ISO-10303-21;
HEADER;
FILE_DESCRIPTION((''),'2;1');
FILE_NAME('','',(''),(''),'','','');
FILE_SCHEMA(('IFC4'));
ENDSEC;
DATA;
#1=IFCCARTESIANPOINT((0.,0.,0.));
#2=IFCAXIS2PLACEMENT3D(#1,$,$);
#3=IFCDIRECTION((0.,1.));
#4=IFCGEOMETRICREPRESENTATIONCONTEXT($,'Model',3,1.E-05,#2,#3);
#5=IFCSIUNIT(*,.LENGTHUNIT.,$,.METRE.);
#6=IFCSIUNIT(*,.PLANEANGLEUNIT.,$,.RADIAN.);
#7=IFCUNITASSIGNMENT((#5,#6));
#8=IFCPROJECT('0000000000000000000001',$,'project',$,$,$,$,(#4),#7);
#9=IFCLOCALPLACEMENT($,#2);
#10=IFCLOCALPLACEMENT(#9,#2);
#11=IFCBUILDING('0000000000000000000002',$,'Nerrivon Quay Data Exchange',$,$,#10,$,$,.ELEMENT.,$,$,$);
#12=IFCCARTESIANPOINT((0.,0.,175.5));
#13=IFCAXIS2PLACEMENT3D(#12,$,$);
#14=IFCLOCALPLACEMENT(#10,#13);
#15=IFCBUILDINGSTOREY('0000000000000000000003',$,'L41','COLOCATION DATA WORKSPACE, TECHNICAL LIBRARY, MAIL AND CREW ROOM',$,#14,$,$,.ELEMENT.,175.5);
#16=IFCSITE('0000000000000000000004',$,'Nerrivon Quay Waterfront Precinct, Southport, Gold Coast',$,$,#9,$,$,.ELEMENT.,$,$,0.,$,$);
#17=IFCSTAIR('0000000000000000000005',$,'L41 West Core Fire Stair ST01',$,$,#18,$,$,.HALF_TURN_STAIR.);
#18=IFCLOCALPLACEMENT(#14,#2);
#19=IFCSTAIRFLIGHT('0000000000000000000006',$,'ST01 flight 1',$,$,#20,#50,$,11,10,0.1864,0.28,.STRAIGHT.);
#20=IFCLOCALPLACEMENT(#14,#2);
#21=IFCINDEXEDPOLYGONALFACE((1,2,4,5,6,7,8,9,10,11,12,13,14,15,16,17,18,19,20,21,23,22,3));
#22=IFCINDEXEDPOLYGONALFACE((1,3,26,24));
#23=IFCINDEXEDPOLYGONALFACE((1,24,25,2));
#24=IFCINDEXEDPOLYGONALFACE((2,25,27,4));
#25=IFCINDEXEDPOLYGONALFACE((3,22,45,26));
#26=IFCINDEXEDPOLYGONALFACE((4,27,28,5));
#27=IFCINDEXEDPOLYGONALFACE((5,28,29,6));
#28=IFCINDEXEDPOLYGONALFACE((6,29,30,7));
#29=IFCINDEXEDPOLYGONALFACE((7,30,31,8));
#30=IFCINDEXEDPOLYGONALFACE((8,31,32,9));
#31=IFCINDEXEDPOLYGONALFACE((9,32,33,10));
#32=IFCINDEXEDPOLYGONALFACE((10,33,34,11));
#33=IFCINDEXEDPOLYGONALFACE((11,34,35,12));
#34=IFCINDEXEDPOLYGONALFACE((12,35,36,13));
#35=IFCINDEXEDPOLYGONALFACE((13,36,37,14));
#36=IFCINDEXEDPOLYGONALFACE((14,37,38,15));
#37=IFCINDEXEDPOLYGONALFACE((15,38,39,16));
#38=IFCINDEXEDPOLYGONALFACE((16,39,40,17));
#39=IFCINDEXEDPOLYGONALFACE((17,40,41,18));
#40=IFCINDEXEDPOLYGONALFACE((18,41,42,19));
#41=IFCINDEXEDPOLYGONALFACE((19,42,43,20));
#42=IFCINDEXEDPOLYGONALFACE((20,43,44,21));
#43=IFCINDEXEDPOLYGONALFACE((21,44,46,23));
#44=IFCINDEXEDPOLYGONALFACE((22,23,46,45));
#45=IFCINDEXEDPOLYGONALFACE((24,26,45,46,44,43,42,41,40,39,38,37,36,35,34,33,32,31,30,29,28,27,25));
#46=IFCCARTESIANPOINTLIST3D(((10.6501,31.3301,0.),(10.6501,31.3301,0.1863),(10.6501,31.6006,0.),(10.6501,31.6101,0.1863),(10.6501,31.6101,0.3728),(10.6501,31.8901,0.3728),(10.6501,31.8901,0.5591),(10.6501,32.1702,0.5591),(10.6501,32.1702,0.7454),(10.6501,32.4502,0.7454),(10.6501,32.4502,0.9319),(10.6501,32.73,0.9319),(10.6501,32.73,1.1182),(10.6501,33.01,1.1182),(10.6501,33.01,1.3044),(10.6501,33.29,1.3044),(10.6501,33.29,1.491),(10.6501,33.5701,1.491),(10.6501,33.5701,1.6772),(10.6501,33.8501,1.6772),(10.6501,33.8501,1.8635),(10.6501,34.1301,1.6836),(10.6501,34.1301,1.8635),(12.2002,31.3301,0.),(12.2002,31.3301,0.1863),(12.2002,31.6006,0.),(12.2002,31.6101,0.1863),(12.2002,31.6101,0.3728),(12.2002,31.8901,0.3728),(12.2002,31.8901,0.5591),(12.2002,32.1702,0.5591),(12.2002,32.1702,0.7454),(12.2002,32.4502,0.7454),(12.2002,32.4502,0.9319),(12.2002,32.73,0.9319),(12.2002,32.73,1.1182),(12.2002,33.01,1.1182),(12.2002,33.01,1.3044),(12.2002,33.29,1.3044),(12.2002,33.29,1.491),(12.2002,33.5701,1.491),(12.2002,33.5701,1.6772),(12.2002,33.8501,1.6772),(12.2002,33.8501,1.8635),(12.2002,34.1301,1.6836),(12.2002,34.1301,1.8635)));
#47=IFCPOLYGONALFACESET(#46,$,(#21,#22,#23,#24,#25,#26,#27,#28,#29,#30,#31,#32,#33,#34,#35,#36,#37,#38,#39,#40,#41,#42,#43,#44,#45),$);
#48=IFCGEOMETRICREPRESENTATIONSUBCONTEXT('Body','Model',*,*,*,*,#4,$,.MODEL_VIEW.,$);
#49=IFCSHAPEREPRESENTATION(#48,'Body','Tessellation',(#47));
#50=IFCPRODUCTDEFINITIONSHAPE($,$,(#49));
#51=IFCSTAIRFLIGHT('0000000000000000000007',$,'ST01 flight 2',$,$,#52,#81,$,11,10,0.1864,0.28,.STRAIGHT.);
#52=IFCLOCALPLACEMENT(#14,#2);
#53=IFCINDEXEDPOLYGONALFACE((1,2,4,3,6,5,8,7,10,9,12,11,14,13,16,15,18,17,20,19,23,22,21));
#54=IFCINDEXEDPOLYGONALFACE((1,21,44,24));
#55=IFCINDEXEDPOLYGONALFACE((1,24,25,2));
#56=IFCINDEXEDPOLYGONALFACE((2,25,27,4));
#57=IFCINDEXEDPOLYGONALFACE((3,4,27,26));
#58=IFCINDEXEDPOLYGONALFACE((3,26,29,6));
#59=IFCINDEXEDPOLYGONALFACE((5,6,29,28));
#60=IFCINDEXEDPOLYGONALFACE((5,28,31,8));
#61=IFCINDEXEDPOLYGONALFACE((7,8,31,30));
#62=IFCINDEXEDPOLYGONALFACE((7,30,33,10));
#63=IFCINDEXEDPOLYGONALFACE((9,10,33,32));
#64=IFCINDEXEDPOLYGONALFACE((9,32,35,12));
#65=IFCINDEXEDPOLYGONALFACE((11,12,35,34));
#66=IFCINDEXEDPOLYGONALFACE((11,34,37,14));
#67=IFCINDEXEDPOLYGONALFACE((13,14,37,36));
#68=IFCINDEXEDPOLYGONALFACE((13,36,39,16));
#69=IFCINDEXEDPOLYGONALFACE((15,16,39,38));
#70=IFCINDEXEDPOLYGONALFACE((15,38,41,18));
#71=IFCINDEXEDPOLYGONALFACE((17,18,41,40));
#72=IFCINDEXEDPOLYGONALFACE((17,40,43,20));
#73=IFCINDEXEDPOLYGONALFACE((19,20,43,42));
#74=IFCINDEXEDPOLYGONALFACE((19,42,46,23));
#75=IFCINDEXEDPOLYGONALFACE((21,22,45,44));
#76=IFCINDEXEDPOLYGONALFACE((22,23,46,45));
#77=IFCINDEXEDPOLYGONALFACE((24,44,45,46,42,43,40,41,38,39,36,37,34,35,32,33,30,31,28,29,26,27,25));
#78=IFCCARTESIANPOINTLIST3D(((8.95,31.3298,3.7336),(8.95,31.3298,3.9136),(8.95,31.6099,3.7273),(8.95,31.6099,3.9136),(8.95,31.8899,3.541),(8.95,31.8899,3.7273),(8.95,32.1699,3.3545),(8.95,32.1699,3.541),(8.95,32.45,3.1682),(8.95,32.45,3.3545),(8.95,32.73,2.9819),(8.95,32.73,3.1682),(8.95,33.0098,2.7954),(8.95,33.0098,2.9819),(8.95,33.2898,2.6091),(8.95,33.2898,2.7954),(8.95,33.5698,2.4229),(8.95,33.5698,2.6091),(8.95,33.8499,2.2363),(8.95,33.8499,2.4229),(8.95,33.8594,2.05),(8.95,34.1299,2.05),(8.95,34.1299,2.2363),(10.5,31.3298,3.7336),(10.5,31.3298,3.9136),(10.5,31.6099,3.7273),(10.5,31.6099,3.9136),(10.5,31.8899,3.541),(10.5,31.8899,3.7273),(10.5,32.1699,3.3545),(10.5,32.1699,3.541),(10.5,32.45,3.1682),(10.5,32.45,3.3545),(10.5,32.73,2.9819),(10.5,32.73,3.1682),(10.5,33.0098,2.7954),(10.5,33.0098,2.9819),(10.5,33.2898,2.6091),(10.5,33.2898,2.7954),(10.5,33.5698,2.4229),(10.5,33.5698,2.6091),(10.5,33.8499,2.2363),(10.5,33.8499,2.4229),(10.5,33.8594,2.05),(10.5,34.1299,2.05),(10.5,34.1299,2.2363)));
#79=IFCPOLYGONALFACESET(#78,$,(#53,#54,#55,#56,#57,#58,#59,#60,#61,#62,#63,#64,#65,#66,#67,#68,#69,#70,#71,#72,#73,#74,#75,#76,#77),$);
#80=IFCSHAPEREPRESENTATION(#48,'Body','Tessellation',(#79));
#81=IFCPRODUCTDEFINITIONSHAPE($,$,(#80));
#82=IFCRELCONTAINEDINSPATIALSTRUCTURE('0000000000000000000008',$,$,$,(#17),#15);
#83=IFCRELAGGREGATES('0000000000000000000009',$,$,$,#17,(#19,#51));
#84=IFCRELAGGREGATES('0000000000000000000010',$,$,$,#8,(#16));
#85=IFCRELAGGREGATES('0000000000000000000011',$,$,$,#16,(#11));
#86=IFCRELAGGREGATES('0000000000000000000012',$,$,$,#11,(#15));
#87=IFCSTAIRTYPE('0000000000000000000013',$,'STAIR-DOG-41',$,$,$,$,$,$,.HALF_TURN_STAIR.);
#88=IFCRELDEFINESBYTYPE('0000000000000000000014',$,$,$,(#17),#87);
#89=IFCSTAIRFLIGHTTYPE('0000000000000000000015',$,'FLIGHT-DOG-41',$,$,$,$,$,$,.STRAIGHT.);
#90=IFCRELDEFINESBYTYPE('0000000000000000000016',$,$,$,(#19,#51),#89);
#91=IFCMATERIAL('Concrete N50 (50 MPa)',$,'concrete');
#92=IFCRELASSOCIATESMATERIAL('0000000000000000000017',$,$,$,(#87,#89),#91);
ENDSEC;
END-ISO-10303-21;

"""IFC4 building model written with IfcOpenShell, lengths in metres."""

from ifc_helpers import new_model, si_unit, direction, frame, origin, place, context, subcontext, project, spatial, polyline, outline, extrude, material, type_object, element, aggregate, save


model = new_model("IFC4")

# Units and contexts
model_context = context("Model", 3, precision=1e-05, world=origin(), true_north=direction((0.0, 1.0)))
body_context = subcontext(model_context, "Body", "Model", "MODEL_VIEW")
ifc_project = project(units=[si_unit("LENGTHUNIT", "METRE"), si_unit("PLANEANGLEUNIT", "RADIAN")], contexts=[model_context])

# Site, building, storey
site_placement = place(None, origin())
site = spatial("IfcSite", under=ifc_project, at=site_placement, Name="Nerrivon Quay Waterfront Precinct, Southport, Gold Coast", CompositionType="ELEMENT", RefElevation=0.0)
building_placement = place(site_placement, origin())
building = spatial("IfcBuilding", under=site, at=building_placement, Name="Nerrivon Quay Data Exchange", CompositionType="ELEMENT")
storey_placement = place(building_placement, frame((0.0, 0.0, 175.5)))
storey = spatial("IfcBuildingStorey", under=building, at=storey_placement, Name="L41", Description="COLOCATION DATA WORKSPACE, TECHNICAL LIBRARY, MAIL AND CREW ROOM", CompositionType="ELEMENT", Elevation=175.5)

# Shared definitions
ifc_material_1 = material(Name="Concrete N50 (50 MPa)", Category="concrete")

# Stair, stair flights
stair_type = type_object("IfcStairType", Name="STAIR-DOG-41", PredefinedType="HALF_TURN_STAIR", material=ifc_material_1)
stair_placement = place(storey_placement, origin())
stair = element("IfcStair", 1, at=stair_placement, inside=storey, type_object=stair_type, Name="L41 West Core Fire Stair ST01", PredefinedType="HALF_TURN_STAIR")
stair_flight_type = type_object("IfcStairFlightType", Name="FLIGHT-DOG-41", PredefinedType="STRAIGHT", material=ifc_material_1)
stair_flight_1_placement = place(storey_placement, frame((11.425, 31.3301, 0.0), z_axis=(0.0, 0.0, 1.0), x_axis=(0.0, 1.0, 0.0)))
stair_flight_1 = element("IfcStairFlight", 2, at=stair_flight_1_placement, type_object=stair_flight_type, Name="ST01 flight 1", NumberOfRisers=11, NumberOfTreads=10, PredefinedType="STRAIGHT", RiserHeight=0.1864, TreadLength=0.28, context=body_context, shape_type="SweptSolid", body=[
    extrude(outline(polyline([(0.0, 0.0), (0.0, 0.1863), (0.28, 0.1863), (0.28, 0.3728), (0.5601, 0.3728), (0.5601, 0.5591), (0.8401, 0.5591), (0.8401, 0.7454), (1.1201, 0.7454), (1.1201, 0.9319), (1.3999, 0.9319), (1.3999, 1.1182), (1.6799, 1.1182), (1.6799, 1.3044), (1.96, 1.3044), (1.96, 1.491), (2.24, 1.491), (2.24, 1.6772), (2.52, 1.6772), (2.52, 1.8635), (2.8, 1.8635), (2.8, 2.05), (2.8, 1.6836), (0.2705, 0.0), (0.0, 0.0)])), frame((0.0, 0.7749, 0.0), z_axis=(0.0, -1.0, 0.0), x_axis=(1.0, 0.0, 0.0)), (0.0, 0.0, 1.0), 1.55),
])
stair_flight_2_placement = place(storey_placement, frame((9.7251, 34.1299, 2.05), z_axis=(0.0, 0.0, 1.0), x_axis=(0.0, -1.0, 0.0)))
stair_flight_2 = element("IfcStairFlight", 3, at=stair_flight_2_placement, type_object=stair_flight_type, Name="ST01 flight 2", NumberOfRisers=11, NumberOfTreads=10, PredefinedType="STRAIGHT", RiserHeight=0.1864, TreadLength=0.28, context=body_context, shape_type="SweptSolid", body=[
    extrude(outline(polyline([(0.0, 0.0), (0.0, 0.1863), (0.28, 0.1863), (0.28, 0.3728), (0.5601, 0.3728), (0.5601, 0.5591), (0.8401, 0.5591), (0.8401, 0.7454), (1.1201, 0.7454), (1.1201, 0.9319), (1.3999, 0.9319), (1.3999, 1.1182), (1.6799, 1.1182), (1.6799, 1.3044), (1.96, 1.3044), (1.96, 1.491), (2.24, 1.491), (2.24, 1.6772), (2.52, 1.6772), (2.52, 1.8635), (2.8, 1.8635), (2.8, 2.05), (2.8, 1.6836), (0.2705, 0.0), (0.0, 0.0)])), frame((0.0, 0.7749, 0.0), z_axis=(0.0, -1.0, 0.0), x_axis=(1.0, 0.0, 0.0)), (0.0, 0.0, 1.0), 1.55),
])
aggregate(stair, [stair_flight_1, stair_flight_2])

save(model, "model.ifc")
